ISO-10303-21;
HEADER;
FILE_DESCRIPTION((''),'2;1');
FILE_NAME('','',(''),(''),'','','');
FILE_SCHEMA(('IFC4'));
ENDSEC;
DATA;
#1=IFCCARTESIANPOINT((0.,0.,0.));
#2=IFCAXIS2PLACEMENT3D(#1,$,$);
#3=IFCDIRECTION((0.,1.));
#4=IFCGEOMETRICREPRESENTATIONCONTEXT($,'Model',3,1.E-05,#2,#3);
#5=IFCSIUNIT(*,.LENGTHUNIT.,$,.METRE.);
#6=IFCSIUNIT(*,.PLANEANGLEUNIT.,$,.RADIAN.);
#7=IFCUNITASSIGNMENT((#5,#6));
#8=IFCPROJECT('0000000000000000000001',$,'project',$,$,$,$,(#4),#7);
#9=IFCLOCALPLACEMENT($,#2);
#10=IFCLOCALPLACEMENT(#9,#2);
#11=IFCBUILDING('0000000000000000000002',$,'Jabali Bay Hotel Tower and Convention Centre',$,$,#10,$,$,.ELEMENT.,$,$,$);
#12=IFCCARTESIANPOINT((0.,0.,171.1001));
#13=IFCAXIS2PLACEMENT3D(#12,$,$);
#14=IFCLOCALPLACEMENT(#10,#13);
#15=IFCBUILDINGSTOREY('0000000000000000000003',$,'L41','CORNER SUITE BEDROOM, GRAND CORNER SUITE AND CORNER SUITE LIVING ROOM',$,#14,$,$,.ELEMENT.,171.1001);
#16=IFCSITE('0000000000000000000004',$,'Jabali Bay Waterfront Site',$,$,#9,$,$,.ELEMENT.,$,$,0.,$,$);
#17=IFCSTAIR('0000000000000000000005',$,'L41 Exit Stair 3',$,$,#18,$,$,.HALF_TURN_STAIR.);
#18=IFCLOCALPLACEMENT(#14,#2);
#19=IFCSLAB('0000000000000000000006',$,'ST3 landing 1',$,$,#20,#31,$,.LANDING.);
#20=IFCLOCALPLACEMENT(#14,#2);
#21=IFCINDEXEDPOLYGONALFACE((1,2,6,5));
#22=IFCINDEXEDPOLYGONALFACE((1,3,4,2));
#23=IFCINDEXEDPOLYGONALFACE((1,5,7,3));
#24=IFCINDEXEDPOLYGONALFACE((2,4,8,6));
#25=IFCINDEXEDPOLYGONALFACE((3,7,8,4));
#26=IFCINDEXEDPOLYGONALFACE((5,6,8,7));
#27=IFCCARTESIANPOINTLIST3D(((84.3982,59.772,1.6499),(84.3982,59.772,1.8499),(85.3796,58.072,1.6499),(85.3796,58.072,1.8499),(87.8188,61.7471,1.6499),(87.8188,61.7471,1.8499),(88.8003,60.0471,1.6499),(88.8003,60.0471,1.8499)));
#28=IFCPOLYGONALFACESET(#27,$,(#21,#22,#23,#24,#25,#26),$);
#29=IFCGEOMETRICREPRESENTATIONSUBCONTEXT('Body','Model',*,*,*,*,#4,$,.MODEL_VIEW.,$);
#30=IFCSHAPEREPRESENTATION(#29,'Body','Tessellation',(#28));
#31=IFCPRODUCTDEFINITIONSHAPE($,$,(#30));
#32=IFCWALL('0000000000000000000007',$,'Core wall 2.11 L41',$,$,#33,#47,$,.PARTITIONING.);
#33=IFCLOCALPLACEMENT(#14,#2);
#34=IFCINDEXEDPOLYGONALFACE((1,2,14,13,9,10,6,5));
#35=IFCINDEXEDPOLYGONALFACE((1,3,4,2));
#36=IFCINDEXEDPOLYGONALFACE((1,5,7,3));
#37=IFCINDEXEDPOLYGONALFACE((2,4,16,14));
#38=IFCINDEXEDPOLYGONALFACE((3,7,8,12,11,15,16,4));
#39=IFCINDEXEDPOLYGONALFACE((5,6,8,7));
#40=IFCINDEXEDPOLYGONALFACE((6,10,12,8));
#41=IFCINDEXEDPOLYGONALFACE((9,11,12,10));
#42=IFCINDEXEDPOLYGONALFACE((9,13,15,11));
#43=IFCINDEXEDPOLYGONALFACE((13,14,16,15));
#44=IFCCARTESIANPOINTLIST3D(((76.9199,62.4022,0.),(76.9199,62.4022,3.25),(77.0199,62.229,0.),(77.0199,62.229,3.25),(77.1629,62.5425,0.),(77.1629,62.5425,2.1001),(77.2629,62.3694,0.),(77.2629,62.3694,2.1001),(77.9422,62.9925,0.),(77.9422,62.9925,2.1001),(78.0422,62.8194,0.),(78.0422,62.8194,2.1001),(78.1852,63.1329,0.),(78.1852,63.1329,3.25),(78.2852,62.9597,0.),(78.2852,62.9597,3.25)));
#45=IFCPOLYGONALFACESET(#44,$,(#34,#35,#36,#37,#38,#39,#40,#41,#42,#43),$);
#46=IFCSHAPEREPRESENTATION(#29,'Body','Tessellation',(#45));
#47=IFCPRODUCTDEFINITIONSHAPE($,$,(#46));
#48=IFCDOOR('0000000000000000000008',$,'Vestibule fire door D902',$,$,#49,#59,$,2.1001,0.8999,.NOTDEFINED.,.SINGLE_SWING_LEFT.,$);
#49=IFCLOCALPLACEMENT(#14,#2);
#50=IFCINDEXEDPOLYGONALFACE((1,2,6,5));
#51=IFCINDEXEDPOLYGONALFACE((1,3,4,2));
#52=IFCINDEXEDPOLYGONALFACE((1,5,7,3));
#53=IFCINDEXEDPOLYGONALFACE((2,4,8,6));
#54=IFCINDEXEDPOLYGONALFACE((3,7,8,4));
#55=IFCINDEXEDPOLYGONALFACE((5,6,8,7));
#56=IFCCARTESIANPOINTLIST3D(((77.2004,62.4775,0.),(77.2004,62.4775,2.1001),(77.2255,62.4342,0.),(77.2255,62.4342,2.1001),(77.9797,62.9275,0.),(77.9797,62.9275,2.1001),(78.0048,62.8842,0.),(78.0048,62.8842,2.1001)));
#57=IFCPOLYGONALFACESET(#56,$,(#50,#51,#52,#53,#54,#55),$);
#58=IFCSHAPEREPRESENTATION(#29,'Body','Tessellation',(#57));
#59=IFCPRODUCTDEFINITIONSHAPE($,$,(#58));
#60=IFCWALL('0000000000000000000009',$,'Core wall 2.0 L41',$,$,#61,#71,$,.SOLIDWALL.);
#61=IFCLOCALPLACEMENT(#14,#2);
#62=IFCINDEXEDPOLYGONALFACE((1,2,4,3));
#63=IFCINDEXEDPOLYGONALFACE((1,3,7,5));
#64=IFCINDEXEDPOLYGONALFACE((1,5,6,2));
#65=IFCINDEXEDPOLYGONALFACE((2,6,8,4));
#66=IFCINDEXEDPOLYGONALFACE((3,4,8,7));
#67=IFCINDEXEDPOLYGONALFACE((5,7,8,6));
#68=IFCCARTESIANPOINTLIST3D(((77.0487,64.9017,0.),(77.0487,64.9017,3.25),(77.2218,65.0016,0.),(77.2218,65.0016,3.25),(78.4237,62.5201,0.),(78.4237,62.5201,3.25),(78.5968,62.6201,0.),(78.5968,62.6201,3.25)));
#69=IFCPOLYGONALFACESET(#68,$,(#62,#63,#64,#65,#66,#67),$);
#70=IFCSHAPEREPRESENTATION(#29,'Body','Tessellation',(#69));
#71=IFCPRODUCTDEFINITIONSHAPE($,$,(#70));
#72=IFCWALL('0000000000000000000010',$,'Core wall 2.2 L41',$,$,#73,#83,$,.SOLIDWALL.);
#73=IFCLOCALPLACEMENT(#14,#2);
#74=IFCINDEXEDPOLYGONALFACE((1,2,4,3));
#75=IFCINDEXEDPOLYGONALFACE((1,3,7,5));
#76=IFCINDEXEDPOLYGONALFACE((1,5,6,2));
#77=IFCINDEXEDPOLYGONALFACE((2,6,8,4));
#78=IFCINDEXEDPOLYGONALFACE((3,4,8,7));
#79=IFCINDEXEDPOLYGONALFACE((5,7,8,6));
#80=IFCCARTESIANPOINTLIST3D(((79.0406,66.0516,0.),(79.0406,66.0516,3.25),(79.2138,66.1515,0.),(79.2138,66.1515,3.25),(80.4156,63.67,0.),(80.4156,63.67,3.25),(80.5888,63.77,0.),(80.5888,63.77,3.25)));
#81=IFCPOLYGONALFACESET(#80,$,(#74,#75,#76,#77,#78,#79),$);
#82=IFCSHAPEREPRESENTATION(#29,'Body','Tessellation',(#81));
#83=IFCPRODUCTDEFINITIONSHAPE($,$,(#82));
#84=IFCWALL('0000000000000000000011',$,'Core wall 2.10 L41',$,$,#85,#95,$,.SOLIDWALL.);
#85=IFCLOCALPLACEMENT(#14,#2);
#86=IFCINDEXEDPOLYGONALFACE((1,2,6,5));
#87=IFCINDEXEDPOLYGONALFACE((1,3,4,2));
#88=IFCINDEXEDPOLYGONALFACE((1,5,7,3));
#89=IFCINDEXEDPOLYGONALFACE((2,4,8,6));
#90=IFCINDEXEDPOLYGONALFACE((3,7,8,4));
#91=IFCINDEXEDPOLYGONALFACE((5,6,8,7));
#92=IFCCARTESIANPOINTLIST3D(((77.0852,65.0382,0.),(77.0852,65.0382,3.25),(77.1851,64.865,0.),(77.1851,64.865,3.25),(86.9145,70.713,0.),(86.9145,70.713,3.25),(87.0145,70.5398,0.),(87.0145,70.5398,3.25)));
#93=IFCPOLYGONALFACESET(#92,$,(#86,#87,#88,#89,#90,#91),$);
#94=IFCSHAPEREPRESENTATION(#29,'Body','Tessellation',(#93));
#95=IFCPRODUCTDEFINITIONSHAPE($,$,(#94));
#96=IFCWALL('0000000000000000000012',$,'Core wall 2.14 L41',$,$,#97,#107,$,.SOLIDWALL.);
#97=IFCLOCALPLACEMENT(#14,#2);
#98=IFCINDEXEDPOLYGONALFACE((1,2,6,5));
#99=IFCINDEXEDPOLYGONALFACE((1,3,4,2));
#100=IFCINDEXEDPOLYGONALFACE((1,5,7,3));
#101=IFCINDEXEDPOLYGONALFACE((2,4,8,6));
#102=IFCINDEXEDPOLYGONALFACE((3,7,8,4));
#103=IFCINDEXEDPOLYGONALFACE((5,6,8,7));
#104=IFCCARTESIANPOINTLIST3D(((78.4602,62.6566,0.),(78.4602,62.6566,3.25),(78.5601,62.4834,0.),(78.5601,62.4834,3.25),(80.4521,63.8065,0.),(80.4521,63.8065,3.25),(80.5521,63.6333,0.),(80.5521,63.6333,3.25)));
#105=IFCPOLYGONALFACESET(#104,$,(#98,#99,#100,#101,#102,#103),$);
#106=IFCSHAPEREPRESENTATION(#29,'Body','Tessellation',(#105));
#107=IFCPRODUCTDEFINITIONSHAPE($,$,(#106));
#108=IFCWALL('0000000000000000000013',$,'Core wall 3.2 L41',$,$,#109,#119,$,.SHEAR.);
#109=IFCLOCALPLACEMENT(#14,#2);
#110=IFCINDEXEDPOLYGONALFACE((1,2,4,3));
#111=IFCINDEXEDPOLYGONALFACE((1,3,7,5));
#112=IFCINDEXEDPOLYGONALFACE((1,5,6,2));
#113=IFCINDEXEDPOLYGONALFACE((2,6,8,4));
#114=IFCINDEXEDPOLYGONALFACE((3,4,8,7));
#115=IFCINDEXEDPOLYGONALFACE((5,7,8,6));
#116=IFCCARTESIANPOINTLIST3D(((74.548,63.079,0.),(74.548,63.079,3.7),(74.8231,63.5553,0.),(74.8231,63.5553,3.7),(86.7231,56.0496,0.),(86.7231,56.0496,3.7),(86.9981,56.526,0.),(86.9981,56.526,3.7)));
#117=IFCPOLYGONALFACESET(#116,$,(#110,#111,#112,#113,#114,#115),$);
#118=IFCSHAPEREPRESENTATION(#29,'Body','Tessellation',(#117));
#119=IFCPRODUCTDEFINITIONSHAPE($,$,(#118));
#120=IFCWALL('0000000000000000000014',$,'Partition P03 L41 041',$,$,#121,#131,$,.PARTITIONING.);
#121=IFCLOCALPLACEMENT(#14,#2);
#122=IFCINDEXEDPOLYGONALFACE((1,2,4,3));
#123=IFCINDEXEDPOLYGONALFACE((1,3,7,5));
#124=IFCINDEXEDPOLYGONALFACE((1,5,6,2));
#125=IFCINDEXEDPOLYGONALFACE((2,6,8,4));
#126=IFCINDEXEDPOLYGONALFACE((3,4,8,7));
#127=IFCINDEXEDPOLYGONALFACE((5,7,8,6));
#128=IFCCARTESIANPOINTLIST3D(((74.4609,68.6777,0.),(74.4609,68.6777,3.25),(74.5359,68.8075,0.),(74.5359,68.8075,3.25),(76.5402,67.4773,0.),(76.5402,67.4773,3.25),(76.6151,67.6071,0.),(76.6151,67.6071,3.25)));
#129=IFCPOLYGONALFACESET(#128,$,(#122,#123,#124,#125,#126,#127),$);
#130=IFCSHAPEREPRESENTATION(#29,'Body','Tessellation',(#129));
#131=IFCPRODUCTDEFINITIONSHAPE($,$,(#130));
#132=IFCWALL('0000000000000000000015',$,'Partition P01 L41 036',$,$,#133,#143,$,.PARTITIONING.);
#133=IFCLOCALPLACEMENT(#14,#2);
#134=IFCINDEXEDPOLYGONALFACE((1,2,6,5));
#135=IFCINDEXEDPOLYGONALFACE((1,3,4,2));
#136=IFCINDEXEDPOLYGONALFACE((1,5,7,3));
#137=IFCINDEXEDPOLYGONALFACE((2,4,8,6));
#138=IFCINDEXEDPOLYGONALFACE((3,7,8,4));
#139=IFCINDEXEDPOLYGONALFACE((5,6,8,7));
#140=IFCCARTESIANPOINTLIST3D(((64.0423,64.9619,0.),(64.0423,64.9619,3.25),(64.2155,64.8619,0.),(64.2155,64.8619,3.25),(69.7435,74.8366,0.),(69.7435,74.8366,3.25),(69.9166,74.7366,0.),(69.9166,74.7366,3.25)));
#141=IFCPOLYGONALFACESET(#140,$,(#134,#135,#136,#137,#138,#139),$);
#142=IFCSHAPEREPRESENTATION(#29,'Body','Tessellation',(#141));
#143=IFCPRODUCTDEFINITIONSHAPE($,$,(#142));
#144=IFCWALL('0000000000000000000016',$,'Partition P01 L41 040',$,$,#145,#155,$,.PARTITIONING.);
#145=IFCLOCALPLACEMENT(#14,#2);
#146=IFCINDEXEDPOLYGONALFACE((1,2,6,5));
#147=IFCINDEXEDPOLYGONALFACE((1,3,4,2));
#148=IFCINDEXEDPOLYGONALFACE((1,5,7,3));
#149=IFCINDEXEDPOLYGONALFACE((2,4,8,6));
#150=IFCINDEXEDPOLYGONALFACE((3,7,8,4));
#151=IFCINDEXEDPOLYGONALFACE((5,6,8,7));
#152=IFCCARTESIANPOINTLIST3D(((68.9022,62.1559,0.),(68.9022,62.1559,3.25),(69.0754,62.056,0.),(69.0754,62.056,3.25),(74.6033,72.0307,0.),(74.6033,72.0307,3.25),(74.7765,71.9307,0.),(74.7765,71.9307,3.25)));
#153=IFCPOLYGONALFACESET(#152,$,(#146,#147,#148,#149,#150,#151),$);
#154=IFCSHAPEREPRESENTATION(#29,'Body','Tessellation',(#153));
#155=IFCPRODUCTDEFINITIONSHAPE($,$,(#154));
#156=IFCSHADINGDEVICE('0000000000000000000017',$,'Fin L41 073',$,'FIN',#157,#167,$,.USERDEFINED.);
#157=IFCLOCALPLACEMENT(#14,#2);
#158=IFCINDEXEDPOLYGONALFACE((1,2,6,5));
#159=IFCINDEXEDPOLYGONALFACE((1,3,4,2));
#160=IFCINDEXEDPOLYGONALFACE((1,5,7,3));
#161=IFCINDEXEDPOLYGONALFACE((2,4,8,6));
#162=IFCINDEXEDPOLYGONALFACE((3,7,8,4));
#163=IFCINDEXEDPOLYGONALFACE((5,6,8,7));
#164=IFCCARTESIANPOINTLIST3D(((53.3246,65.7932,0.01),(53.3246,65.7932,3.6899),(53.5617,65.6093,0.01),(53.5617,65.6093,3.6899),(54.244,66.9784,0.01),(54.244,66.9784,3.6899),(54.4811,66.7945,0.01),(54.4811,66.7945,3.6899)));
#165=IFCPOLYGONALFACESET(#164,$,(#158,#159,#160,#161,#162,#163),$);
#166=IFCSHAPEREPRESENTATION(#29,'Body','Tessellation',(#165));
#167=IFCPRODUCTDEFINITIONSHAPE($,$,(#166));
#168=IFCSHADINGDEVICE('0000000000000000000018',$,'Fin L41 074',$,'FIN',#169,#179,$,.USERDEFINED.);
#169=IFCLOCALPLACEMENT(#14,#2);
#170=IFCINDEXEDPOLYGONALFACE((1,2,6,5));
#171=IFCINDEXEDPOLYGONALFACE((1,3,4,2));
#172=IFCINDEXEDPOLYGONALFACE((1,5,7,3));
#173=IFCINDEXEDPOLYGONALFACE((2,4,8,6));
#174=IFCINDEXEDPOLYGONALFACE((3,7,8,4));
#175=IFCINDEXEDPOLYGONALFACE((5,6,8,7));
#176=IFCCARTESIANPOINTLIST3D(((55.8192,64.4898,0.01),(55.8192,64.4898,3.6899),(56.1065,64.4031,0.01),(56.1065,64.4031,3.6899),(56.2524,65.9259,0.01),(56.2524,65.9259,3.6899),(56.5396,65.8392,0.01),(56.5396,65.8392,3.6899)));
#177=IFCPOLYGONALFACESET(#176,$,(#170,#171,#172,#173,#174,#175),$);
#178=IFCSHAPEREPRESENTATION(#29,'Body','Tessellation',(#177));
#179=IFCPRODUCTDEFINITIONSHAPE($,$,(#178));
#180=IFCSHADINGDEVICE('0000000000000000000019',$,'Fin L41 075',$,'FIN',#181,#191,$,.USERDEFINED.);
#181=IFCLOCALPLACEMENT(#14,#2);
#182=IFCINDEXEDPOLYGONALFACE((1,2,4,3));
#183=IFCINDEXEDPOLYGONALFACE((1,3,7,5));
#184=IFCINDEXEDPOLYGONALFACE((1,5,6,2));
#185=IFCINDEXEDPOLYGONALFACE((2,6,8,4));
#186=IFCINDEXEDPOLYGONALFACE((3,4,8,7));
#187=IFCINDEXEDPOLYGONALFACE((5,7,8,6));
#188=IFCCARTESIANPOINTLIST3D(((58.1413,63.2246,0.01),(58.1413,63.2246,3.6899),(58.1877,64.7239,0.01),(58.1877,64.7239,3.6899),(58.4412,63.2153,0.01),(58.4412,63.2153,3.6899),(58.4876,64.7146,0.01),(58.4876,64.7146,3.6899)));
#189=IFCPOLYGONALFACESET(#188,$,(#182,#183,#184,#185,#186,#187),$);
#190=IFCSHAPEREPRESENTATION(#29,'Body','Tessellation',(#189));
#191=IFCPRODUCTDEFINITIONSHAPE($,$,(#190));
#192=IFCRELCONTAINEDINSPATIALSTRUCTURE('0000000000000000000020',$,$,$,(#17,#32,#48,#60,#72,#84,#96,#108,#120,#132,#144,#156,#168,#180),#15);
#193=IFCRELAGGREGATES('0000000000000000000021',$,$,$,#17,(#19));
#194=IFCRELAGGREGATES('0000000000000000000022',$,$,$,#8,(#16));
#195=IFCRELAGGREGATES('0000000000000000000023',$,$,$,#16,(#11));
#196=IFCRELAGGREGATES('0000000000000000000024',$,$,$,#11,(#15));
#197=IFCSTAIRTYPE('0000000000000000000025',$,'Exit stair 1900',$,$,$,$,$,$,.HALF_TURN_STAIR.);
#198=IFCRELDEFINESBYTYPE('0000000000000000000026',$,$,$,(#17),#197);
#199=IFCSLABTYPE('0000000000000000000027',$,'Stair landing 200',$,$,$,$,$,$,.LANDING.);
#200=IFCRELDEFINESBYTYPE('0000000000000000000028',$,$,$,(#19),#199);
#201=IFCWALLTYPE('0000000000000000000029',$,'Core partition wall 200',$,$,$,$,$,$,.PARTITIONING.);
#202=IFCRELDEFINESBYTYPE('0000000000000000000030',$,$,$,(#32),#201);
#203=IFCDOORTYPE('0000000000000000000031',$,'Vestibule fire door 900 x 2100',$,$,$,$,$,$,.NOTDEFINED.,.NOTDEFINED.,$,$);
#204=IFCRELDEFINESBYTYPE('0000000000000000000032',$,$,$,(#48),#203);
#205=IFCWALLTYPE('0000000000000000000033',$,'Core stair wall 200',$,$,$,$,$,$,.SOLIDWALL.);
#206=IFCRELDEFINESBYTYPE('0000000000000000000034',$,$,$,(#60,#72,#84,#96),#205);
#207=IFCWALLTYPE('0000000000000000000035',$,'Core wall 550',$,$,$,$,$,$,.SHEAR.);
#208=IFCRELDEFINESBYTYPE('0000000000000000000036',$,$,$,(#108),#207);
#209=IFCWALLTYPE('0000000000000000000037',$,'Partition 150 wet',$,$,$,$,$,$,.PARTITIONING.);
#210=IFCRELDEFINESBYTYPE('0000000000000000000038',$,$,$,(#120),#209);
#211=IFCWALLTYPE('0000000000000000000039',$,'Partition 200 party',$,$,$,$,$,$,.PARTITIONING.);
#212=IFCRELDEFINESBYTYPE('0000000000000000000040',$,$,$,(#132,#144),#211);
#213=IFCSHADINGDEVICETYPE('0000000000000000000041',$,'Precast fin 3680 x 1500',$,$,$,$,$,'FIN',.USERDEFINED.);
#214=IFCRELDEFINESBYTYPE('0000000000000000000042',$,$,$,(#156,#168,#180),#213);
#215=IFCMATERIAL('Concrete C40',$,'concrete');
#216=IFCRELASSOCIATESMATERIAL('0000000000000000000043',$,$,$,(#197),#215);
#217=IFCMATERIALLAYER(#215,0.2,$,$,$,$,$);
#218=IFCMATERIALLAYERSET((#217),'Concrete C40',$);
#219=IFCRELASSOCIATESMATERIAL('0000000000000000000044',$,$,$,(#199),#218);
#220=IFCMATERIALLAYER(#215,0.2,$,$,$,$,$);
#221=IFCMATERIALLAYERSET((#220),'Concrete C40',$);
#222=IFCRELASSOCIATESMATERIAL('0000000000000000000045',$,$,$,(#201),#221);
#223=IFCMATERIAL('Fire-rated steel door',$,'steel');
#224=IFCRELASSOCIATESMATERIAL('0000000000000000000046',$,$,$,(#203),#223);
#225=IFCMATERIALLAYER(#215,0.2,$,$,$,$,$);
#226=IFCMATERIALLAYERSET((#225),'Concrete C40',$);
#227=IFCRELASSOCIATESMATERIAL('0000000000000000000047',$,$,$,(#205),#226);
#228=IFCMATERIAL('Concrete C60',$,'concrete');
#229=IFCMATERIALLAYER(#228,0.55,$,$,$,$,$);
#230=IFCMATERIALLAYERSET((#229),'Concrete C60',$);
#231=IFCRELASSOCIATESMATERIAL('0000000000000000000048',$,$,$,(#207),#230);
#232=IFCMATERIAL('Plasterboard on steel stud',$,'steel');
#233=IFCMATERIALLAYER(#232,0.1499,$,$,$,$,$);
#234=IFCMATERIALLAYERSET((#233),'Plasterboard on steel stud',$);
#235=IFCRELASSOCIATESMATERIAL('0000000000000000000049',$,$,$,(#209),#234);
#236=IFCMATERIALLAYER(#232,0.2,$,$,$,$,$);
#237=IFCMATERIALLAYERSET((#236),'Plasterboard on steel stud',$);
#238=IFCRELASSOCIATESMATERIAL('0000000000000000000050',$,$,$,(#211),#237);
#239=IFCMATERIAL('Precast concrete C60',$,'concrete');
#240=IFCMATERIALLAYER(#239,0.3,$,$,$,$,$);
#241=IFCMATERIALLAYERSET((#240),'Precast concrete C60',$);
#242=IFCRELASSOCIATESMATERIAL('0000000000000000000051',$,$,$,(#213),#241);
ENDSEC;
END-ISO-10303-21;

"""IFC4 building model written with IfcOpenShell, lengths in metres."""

from ifc_helpers import new_model, si_unit, direction, frame, frame_2d, origin, place, context, subcontext, project, spatial, polyline, rectangle, outline, extrude, material, layer, layer_set, type_object, element, fill, aggregate, save


model = new_model("IFC4")

# Units and contexts
model_context = context("Model", 3, precision=1e-05, world=origin(), true_north=direction((0.0, 1.0)))
body_context = subcontext(model_context, "Body", "Model", "MODEL_VIEW")
ifc_project = project(units=[si_unit("LENGTHUNIT", "METRE"), si_unit("PLANEANGLEUNIT", "RADIAN")], contexts=[model_context])

# Site, building, storey
site_placement = place(None, origin())
site = spatial("IfcSite", under=ifc_project, at=site_placement, Name="Jabali Bay Waterfront Site", CompositionType="ELEMENT", RefElevation=0.0)
building_placement = place(site_placement, origin())
building = spatial("IfcBuilding", under=site, at=building_placement, Name="Jabali Bay Hotel Tower and Convention Centre", CompositionType="ELEMENT")
storey_placement = place(building_placement, frame((0.0, 0.0, 171.1001)))
storey = spatial("IfcBuildingStorey", under=building, at=storey_placement, Name="L41", Description="CORNER SUITE BEDROOM, GRAND CORNER SUITE AND CORNER SUITE LIVING ROOM", CompositionType="ELEMENT", Elevation=171.1001)

# Shared definitions
ifc_material_1 = material(Name="Concrete C60", Category="concrete")

# Shared definitions
ifc_material_2 = material(Name="Concrete C40", Category="concrete")

# Stair, slab
stair_type = type_object("IfcStairType", Name="Exit stair 1900", PredefinedType="HALF_TURN_STAIR", material=ifc_material_2)
ifc_layer_1 = layer(ifc_material_2, 0.2)
ifc_layer_set_1 = layer_set([ifc_layer_1], Name="Concrete C40")
slab_type_1 = type_object("IfcSlabType", Name="Stair landing 200", PredefinedType="LANDING", material=ifc_layer_set_1)
stair_1_placement = place(storey_placement, origin())
stair_1 = element("IfcStair", 1, at=stair_1_placement, inside=storey, type_object=stair_type, Name="L41 Exit Stair 3", PredefinedType="HALF_TURN_STAIR")
slab_1_placement = place(storey_placement, frame((0.0, 0.0, 1.6499)))
slab_1 = element("IfcSlab", 2, at=slab_1_placement, type_object=slab_type_1, Name="ST3 landing 1", PredefinedType="LANDING", context=body_context, shape_type="SweptSolid", body=[
    extrude(outline(polyline([(84.3982, 59.772), (85.3796, 58.072), (88.8003, 60.0471), (87.8188, 61.7471), (84.3982, 59.772)])), origin(), (0.0, 0.0, 1.0), 0.2),
])
aggregate(stair_1, [slab_1])

# Wall, opening, door
ifc_layer_2 = layer(ifc_material_2, 0.2)
ifc_layer_set_2 = layer_set([ifc_layer_2], Name="Concrete C40")
wall_type_1 = type_object("IfcWallType", Name="Core partition wall 200", PredefinedType="PARTITIONING", material=ifc_layer_set_2)
wall_1_placement = place(storey_placement, frame((76.97, 62.3157, 0.0), z_axis=(0.0, 0.0, 1.0), x_axis=(0.865982, 0.500074, 0.0)))
wall_1 = element("IfcWall", 3, at=wall_1_placement, inside=storey, type_object=wall_type_1, Name="Core wall 2.11 L41", PredefinedType="PARTITIONING", context=body_context, shape_type="SweptSolid", body=[
    extrude(rectangle(XDim=1.4612, YDim=0.2, at=frame_2d((0.7305, 0.0))), origin(), (0.0, 0.0, 1.0), 3.25),
])
opening_placement = place(wall_1_placement, frame((0.2805, 0.0, 0.0)))
opening = element("IfcOpeningElement", 4, at=opening_placement, cuts=wall_1, PredefinedType="OPENING", context=body_context, shape_type="SweptSolid", body=[
    extrude(rectangle(XDim=0.8999, YDim=2.1001, at=frame_2d((0.45, 1.05))), frame((0.0, 0.1104, 0.0), z_axis=(0.0, -1.0, 0.0), x_axis=(1.0, 0.0, 0.0)), (0.0, 0.0, 1.0), 0.2209),
])
ifc_material_3 = material(Name="Fire-rated steel door", Category="steel")
door_type = type_object("IfcDoorType", Name="Vestibule fire door 900 x 2100", OperationType="NOTDEFINED", PredefinedType="NOTDEFINED", material=ifc_material_3)
door_placement = place(opening_placement, origin())
door = element("IfcDoor", 5, at=door_placement, inside=storey, type_object=door_type, Name="Vestibule fire door D902", OperationType="SINGLE_SWING_LEFT", OverallHeight=2.1001, OverallWidth=0.8999, PredefinedType="NOTDEFINED", context=body_context, shape_type="SweptSolid", body=[
    extrude(rectangle(XDim=0.8999, YDim=2.1001, at=frame_2d((0.45, 1.05))), frame((0.0, 0.0249, 0.0), z_axis=(0.0, -1.0, 0.0), x_axis=(1.0, 0.0, 0.0)), (0.0, 0.0, 1.0), 0.05),
])
fill(opening, door)

# Walls
ifc_layer_3 = layer(ifc_material_2, 0.2)
ifc_layer_set_3 = layer_set([ifc_layer_3], Name="Concrete C40")
wall_type_2 = type_object("IfcWallType", Name="Core stair wall 200", PredefinedType="SOLIDWALL", material=ifc_layer_set_3)
for number, where, z_axis, x_axis, name in (
    (6, (77.1353, 64.9517, 0.0), (0.0, 0.0, 1.0), (0.499997, -0.866027, 0.0), "Core wall 2.0 L41"),
    (7, (79.1272, 66.1016, 0.0), (0.0, 0.0, 1.0), (0.499997, -0.866027, 0.0), "Core wall 2.2 L41"),
):
    element("IfcWall", number, at=place(storey_placement, frame(where, z_axis=z_axis, x_axis=x_axis)), inside=storey, type_object=wall_type_2, Name=name, PredefinedType="SOLIDWALL", context=body_context, shape_type="SweptSolid", body=[
        extrude(rectangle(XDim=2.75, YDim=0.2, at=frame_2d((1.375, 0.0))), origin(), (0.0, 0.0, 1.0), 3.25),
    ])
wall_2_placement = place(storey_placement, frame((77.1353, 64.9517, 0.0), z_axis=(0.0, 0.0, 1.0), x_axis=(0.866032, 0.499989, 0.0)))
element("IfcWall", 8, at=wall_2_placement, inside=storey, type_object=wall_type_2, Name="Core wall 2.10 L41", PredefinedType="SOLIDWALL", context=body_context, shape_type="SweptSolid", body=[
    extrude(rectangle(XDim=11.3499, YDim=0.2, at=frame_2d((5.6748, 0.0))), origin(), (0.0, 0.0, 1.0), 3.25),
])
wall_3_placement = place(storey_placement, frame((78.5103, 62.5701, 0.0), z_axis=(0.0, 0.0, 1.0), x_axis=(0.866053, 0.499952, 0.0)))
element("IfcWall", 9, at=wall_3_placement, inside=storey, type_object=wall_type_2, Name="Core wall 2.14 L41", PredefinedType="SOLIDWALL", context=body_context, shape_type="SweptSolid", body=[
    extrude(rectangle(XDim=2.3, YDim=0.2, at=frame_2d((1.1499, 0.0))), origin(), (0.0, 0.0, 1.0), 3.25),
])
ifc_layer_4 = layer(ifc_material_1, 0.55)
ifc_layer_set_4 = layer_set([ifc_layer_4], Name="Concrete C60")
wall_type_3 = type_object("IfcWallType", Name="Core wall 550", PredefinedType="SHEAR", material=ifc_layer_set_4)
wall_4_placement = place(storey_placement, frame((74.6855, 63.3171, 0.0), z_axis=(0.0, 0.0, 1.0), x_axis=(0.866025, -0.500002, 0.0)))
element("IfcWall", 10, at=wall_4_placement, inside=storey, type_object=wall_type_3, Name="Core wall 3.2 L41", PredefinedType="SHEAR", context=body_context, shape_type="SweptSolid", body=[
    extrude(rectangle(XDim=14.0586, YDim=0.55, at=frame_2d((7.0293, 0.0))), origin(), (0.0, 0.0, 1.0), 3.7),
])
ifc_material_4 = material(Name="Plasterboard on steel stud", Category="steel")
ifc_layer_5 = layer(ifc_material_4, 0.1499)
ifc_layer_set_5 = layer_set([ifc_layer_5], Name="Plasterboard on steel stud")
wall_type_4 = type_object("IfcWallType", Name="Partition 150 wet", PredefinedType="PARTITIONING", material=ifc_layer_set_5)
wall_5_placement = place(storey_placement, frame((76.5776, 67.5422, 0.0), z_axis=(0.0, 0.0, 1.0), x_axis=(-0.866038, 0.499978, 0.0)))
element("IfcWall", 11, at=wall_5_placement, inside=storey, type_object=wall_type_4, Name="Partition P03 L41 041", PredefinedType="PARTITIONING", context=body_context, shape_type="SweptSolid", body=[
    extrude(rectangle(XDim=2.4009, YDim=0.1499, at=frame_2d((1.2004, 0.0))), origin(), (0.0, 0.0, 1.0), 3.25),
])
ifc_layer_6 = layer(ifc_material_4, 0.2)
ifc_layer_set_6 = layer_set([ifc_layer_6], Name="Plasterboard on steel stud")
wall_type_5 = type_object("IfcWallType", Name="Partition 200 party", PredefinedType="PARTITIONING", material=ifc_layer_set_6)
for number, where, z_axis, x_axis, name in (
    (12, (64.1289, 64.9119, 0.0), (0.0, 0.0, 1.0), (0.499999, 0.866026, 0.0), "Partition P01 L41 036"),
    (13, (68.9888, 62.106, 0.0), (0.0, 0.0, 1.0), (0.499999, 0.866026, 0.0), "Partition P01 L41 040"),
):
    element("IfcWall", number, at=place(storey_placement, frame(where, z_axis=z_axis, x_axis=x_axis)), inside=storey, type_object=wall_type_5, Name=name, PredefinedType="PARTITIONING", context=body_context, shape_type="SweptSolid", body=[
        extrude(rectangle(XDim=11.4023, YDim=0.2, at=frame_2d((5.7012, 0.0))), origin(), (0.0, 0.0, 1.0), 3.25),
    ])

# Shading devices
ifc_material_5 = material(Name="Precast concrete C60", Category="concrete")
ifc_layer_7 = layer(ifc_material_5, 0.3)
ifc_layer_set_7 = layer_set([ifc_layer_7], Name="Precast concrete C60")
shading_device_type = type_object("IfcShadingDeviceType", Name="Precast fin 3680 x 1500", ElementType="FIN", PredefinedType="USERDEFINED", material=ifc_layer_set_7)
for number, where, z_axis, x_axis, name in (
    (14, (54.3625, 66.8865, 0.01), (0.0, 0.0, 1.0), (-0.612915, -0.790149, 0.0), "Fin L41 073"),
    (15, (56.396, 65.8826, 0.01), (0.0, 0.0, 1.0), (-0.288751, -0.957404, 0.0), "Fin L41 074"),
    (16, (58.3376, 64.7192, 0.01), (0.0, 0.0, 1.0), (-0.030925, -0.999522, 0.0), "Fin L41 075"),
):
    element("IfcShadingDevice", number, at=place(storey_placement, frame(where, z_axis=z_axis, x_axis=x_axis)), inside=storey, type_object=shading_device_type, Name=name, ObjectType="FIN", PredefinedType="USERDEFINED", context=body_context, shape_type="SweptSolid", body=[
        extrude(rectangle(XDim=1.5, YDim=0.3, at=frame_2d((0.75, 0.0))), origin(), (0.0, 0.0, 1.0), 3.6799),
    ])

save(model, "model.ifc")
